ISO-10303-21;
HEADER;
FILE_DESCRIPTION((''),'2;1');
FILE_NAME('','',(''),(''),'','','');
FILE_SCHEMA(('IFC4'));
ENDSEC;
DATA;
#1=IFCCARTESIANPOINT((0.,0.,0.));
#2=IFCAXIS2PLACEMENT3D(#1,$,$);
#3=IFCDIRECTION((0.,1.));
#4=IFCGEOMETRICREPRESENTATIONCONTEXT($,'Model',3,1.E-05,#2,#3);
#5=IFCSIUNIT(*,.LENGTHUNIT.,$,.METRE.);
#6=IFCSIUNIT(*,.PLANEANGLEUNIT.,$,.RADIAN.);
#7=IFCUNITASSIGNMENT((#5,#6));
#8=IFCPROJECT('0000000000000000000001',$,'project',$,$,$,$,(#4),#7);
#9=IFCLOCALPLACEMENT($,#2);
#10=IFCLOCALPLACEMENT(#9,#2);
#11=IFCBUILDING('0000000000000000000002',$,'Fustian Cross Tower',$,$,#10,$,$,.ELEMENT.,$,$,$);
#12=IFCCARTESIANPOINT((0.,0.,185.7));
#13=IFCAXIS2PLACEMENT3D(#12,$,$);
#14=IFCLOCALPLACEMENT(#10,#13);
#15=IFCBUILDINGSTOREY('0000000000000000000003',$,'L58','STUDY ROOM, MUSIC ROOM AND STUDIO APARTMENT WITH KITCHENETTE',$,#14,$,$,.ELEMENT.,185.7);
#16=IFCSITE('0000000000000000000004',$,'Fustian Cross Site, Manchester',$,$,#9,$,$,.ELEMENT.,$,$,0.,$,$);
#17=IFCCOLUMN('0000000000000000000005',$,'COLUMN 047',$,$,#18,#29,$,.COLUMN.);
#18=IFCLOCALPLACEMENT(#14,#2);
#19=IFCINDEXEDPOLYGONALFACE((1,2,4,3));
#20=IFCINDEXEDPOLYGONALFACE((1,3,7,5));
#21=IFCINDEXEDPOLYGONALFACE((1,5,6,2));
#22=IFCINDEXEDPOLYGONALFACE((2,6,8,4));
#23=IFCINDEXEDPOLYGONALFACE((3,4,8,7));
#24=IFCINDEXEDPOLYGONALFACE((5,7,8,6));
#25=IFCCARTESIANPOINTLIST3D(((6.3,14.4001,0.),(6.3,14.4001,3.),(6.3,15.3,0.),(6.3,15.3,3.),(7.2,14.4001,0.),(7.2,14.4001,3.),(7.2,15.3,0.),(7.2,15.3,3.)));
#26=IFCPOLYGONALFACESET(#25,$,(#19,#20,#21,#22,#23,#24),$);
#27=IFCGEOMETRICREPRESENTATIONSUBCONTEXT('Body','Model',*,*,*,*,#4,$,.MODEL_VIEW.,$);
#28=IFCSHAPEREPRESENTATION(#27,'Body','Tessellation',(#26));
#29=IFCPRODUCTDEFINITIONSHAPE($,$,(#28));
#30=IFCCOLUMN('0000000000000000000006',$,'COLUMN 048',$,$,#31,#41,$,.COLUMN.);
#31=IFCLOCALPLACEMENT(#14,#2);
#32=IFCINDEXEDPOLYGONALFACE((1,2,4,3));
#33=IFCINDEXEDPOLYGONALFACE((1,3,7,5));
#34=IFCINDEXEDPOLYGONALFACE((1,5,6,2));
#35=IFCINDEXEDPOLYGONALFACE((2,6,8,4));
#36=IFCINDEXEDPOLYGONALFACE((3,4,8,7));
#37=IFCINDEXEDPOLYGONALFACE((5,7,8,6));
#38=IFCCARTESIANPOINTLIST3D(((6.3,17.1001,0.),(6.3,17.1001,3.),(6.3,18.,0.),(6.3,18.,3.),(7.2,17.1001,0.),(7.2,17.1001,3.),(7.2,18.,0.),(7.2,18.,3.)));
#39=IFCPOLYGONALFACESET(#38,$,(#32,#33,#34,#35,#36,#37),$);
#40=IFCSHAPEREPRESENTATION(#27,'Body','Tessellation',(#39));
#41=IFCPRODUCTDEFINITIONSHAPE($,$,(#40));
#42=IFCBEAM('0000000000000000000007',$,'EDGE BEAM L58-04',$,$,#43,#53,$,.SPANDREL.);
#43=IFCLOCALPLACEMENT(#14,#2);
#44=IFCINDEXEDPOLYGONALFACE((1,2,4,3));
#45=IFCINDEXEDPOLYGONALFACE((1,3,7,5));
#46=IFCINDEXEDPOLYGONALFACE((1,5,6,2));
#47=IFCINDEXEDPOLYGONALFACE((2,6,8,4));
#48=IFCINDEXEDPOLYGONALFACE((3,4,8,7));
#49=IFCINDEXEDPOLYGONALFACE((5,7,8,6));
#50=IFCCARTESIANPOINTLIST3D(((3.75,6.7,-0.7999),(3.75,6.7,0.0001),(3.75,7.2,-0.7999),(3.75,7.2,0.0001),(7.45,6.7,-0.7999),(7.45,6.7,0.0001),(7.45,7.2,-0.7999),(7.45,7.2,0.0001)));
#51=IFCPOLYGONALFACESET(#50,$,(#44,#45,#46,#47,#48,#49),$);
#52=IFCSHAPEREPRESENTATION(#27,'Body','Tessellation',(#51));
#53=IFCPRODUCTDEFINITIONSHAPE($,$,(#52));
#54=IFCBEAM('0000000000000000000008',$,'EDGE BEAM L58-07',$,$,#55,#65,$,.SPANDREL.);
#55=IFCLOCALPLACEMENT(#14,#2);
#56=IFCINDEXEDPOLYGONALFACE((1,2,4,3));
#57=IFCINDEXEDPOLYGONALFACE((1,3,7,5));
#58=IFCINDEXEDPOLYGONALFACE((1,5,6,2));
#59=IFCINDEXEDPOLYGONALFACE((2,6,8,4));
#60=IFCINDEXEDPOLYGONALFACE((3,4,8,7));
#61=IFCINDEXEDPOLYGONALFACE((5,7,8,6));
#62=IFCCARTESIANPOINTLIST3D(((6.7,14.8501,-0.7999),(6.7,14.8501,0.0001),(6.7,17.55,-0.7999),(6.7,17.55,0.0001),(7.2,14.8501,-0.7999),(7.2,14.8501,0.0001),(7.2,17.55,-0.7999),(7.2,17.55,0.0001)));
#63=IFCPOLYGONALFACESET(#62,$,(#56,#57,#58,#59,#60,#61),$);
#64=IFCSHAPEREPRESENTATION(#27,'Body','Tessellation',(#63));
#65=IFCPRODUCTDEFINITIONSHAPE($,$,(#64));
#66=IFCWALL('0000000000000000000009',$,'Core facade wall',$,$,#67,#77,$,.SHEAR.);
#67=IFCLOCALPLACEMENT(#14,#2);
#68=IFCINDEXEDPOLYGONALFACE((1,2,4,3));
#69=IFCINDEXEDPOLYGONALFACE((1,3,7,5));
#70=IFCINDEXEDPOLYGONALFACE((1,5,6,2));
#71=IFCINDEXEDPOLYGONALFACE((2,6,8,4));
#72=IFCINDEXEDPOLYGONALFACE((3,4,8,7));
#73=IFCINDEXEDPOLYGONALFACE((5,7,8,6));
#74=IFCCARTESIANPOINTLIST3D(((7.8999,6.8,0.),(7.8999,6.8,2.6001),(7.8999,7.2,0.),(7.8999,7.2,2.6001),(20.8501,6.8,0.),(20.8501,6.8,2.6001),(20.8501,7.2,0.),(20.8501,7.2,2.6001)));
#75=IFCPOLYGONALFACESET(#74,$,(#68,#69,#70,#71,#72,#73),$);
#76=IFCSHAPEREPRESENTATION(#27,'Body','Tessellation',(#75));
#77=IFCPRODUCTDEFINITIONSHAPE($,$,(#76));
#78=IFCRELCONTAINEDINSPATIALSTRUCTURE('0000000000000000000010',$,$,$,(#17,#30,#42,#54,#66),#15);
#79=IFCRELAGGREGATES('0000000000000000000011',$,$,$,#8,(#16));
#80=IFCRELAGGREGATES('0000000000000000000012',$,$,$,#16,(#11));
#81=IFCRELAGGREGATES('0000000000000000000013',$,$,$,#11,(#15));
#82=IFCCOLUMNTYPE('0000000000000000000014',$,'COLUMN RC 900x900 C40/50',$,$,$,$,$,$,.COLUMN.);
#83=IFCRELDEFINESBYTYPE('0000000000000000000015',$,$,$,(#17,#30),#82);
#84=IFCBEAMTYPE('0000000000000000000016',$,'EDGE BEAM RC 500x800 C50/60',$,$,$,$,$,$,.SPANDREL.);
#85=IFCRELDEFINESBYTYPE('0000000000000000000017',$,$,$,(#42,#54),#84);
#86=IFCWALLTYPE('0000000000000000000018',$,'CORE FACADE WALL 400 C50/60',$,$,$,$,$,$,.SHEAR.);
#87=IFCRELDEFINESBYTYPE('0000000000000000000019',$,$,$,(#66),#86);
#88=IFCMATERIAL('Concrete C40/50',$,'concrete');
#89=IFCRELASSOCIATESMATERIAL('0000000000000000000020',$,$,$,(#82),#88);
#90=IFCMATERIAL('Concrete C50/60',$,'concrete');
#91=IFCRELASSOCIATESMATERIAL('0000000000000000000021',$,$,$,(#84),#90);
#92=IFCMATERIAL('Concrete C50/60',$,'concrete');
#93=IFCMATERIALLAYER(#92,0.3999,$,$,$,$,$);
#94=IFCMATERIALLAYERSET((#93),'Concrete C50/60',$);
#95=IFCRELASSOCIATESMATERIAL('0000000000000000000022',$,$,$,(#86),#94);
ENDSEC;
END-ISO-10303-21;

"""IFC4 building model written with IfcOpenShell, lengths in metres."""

from ifc_helpers import new_model, si_unit, direction, frame, frame_2d, origin, origin_2d, place, context, subcontext, project, spatial, rectangle, extrude, material, layer, layer_set, material_profile, profile_set, type_object, element, save


model = new_model("IFC4")

# Units and contexts
model_context = context("Model", 3, precision=1e-05, world=origin(), true_north=direction((0.0, 1.0)))
body_context = subcontext(model_context, "Body", "Model", "MODEL_VIEW")
ifc_project = project(units=[si_unit("LENGTHUNIT", "METRE"), si_unit("PLANEANGLEUNIT", "RADIAN")], contexts=[model_context])

# Site, building, storey
site_placement = place(None, origin())
site = spatial("IfcSite", under=ifc_project, at=site_placement, Name="Fustian Cross Site, Manchester", CompositionType="ELEMENT", RefElevation=0.0)
building_placement = place(site_placement, origin())
building = spatial("IfcBuilding", under=site, at=building_placement, Name="Fustian Cross Tower", CompositionType="ELEMENT")
storey_placement = place(building_placement, frame((0.0, 0.0, 185.7)))
storey = spatial("IfcBuildingStorey", under=building, at=storey_placement, Name="L58", Description="STUDY ROOM, MUSIC ROOM AND STUDIO APARTMENT WITH KITCHENETTE", CompositionType="ELEMENT", Elevation=185.7)

# Columns
ifc_material_1 = material(Name="Concrete C40/50", Category="concrete")
ifc_material_profile_1 = material_profile(ifc_material_1, rectangle(XDim=0.8999, YDim=0.8999, at=origin_2d()), Name="RC 900x900")
ifc_profile_set_1 = profile_set([ifc_material_profile_1], Name="Concrete C40/50")
column_type = type_object("IfcColumnType", Name="COLUMN RC 900x900 C40/50", PredefinedType="COLUMN", material=ifc_profile_set_1)
for number, where, z_axis, x_axis, name in (
    (1, (6.75, 14.8501, 0.0), (0.0, 0.0, 1.0), (1.0, 0.0, 0.0), "COLUMN 047"),
    (2, (6.75, 17.55, 0.0), (0.0, 0.0, 1.0), (1.0, 0.0, 0.0), "COLUMN 048"),
):
    element("IfcColumn", number, at=place(storey_placement, frame(where, z_axis=z_axis, x_axis=x_axis)), inside=storey, type_object=column_type, Name=name, PredefinedType="COLUMN", context=body_context, shape_type="SweptSolid", body=[
        extrude(rectangle(XDim=0.8999, YDim=0.8999, at=origin_2d()), origin(), (0.0, 0.0, 1.0), 3.0),
    ])

# Beams
ifc_material_2 = material(Name="Concrete C50/60", Category="concrete")
ifc_material_profile_2 = material_profile(ifc_material_2, rectangle(XDim=0.5, YDim=0.8, at=origin_2d()), Name="RC 500x800")
ifc_profile_set_2 = profile_set([ifc_material_profile_2], Name="Concrete C50/60")
beam_type = type_object("IfcBeamType", Name="EDGE BEAM RC 500x800 C50/60", PredefinedType="SPANDREL", material=ifc_profile_set_2)
beam_1_placement = place(storey_placement, frame((7.45, 6.95, -0.3999), z_axis=(-1.0, 0.0, 0.0), x_axis=(0.0, -1.0, 0.0)))
element("IfcBeam", 3, at=beam_1_placement, inside=storey, type_object=beam_type, Name="EDGE BEAM L58-04", PredefinedType="SPANDREL", context=body_context, shape_type="SweptSolid", body=[
    extrude(rectangle(XDim=0.5, YDim=0.8, at=origin_2d()), origin(), (0.0, 0.0, 1.0), 3.7),
])
beam_2_placement = place(storey_placement, frame((6.95, 14.8501, -0.3999), z_axis=(0.0, 1.0, 0.0), x_axis=(-1.0, 0.0, 0.0)))
element("IfcBeam", 4, at=beam_2_placement, inside=storey, type_object=beam_type, Name="EDGE BEAM L58-07", PredefinedType="SPANDREL", context=body_context, shape_type="SweptSolid", body=[
    extrude(rectangle(XDim=0.5, YDim=0.8, at=origin_2d()), origin(), (0.0, 0.0, 1.0), 2.7),
])

# Wall
ifc_material_3 = material(Name="Concrete C50/60", Category="concrete")
ifc_layer_1 = layer(ifc_material_3, 0.3999)
ifc_layer_set_1 = layer_set([ifc_layer_1], Name="Concrete C50/60")
wall_type_1 = type_object("IfcWallType", Name="CORE FACADE WALL 400 C50/60", PredefinedType="SHEAR", material=ifc_layer_set_1)
wall_1_placement = place(storey_placement, frame((7.8999, 7.0, 0.0), z_axis=(0.0, 0.0, 1.0), x_axis=(1.0, 0.0, 0.0)))
element("IfcWall", 5, at=wall_1_placement, inside=storey, type_object=wall_type_1, Name="Core facade wall", PredefinedType="SHEAR", context=body_context, shape_type="SweptSolid", body=[
    extrude(rectangle(XDim=12.9502, YDim=0.3999, at=frame_2d((6.4751, 0.0))), origin(), (0.0, 0.0, 1.0), 2.6001),
])

save(model, "model.ifc")
